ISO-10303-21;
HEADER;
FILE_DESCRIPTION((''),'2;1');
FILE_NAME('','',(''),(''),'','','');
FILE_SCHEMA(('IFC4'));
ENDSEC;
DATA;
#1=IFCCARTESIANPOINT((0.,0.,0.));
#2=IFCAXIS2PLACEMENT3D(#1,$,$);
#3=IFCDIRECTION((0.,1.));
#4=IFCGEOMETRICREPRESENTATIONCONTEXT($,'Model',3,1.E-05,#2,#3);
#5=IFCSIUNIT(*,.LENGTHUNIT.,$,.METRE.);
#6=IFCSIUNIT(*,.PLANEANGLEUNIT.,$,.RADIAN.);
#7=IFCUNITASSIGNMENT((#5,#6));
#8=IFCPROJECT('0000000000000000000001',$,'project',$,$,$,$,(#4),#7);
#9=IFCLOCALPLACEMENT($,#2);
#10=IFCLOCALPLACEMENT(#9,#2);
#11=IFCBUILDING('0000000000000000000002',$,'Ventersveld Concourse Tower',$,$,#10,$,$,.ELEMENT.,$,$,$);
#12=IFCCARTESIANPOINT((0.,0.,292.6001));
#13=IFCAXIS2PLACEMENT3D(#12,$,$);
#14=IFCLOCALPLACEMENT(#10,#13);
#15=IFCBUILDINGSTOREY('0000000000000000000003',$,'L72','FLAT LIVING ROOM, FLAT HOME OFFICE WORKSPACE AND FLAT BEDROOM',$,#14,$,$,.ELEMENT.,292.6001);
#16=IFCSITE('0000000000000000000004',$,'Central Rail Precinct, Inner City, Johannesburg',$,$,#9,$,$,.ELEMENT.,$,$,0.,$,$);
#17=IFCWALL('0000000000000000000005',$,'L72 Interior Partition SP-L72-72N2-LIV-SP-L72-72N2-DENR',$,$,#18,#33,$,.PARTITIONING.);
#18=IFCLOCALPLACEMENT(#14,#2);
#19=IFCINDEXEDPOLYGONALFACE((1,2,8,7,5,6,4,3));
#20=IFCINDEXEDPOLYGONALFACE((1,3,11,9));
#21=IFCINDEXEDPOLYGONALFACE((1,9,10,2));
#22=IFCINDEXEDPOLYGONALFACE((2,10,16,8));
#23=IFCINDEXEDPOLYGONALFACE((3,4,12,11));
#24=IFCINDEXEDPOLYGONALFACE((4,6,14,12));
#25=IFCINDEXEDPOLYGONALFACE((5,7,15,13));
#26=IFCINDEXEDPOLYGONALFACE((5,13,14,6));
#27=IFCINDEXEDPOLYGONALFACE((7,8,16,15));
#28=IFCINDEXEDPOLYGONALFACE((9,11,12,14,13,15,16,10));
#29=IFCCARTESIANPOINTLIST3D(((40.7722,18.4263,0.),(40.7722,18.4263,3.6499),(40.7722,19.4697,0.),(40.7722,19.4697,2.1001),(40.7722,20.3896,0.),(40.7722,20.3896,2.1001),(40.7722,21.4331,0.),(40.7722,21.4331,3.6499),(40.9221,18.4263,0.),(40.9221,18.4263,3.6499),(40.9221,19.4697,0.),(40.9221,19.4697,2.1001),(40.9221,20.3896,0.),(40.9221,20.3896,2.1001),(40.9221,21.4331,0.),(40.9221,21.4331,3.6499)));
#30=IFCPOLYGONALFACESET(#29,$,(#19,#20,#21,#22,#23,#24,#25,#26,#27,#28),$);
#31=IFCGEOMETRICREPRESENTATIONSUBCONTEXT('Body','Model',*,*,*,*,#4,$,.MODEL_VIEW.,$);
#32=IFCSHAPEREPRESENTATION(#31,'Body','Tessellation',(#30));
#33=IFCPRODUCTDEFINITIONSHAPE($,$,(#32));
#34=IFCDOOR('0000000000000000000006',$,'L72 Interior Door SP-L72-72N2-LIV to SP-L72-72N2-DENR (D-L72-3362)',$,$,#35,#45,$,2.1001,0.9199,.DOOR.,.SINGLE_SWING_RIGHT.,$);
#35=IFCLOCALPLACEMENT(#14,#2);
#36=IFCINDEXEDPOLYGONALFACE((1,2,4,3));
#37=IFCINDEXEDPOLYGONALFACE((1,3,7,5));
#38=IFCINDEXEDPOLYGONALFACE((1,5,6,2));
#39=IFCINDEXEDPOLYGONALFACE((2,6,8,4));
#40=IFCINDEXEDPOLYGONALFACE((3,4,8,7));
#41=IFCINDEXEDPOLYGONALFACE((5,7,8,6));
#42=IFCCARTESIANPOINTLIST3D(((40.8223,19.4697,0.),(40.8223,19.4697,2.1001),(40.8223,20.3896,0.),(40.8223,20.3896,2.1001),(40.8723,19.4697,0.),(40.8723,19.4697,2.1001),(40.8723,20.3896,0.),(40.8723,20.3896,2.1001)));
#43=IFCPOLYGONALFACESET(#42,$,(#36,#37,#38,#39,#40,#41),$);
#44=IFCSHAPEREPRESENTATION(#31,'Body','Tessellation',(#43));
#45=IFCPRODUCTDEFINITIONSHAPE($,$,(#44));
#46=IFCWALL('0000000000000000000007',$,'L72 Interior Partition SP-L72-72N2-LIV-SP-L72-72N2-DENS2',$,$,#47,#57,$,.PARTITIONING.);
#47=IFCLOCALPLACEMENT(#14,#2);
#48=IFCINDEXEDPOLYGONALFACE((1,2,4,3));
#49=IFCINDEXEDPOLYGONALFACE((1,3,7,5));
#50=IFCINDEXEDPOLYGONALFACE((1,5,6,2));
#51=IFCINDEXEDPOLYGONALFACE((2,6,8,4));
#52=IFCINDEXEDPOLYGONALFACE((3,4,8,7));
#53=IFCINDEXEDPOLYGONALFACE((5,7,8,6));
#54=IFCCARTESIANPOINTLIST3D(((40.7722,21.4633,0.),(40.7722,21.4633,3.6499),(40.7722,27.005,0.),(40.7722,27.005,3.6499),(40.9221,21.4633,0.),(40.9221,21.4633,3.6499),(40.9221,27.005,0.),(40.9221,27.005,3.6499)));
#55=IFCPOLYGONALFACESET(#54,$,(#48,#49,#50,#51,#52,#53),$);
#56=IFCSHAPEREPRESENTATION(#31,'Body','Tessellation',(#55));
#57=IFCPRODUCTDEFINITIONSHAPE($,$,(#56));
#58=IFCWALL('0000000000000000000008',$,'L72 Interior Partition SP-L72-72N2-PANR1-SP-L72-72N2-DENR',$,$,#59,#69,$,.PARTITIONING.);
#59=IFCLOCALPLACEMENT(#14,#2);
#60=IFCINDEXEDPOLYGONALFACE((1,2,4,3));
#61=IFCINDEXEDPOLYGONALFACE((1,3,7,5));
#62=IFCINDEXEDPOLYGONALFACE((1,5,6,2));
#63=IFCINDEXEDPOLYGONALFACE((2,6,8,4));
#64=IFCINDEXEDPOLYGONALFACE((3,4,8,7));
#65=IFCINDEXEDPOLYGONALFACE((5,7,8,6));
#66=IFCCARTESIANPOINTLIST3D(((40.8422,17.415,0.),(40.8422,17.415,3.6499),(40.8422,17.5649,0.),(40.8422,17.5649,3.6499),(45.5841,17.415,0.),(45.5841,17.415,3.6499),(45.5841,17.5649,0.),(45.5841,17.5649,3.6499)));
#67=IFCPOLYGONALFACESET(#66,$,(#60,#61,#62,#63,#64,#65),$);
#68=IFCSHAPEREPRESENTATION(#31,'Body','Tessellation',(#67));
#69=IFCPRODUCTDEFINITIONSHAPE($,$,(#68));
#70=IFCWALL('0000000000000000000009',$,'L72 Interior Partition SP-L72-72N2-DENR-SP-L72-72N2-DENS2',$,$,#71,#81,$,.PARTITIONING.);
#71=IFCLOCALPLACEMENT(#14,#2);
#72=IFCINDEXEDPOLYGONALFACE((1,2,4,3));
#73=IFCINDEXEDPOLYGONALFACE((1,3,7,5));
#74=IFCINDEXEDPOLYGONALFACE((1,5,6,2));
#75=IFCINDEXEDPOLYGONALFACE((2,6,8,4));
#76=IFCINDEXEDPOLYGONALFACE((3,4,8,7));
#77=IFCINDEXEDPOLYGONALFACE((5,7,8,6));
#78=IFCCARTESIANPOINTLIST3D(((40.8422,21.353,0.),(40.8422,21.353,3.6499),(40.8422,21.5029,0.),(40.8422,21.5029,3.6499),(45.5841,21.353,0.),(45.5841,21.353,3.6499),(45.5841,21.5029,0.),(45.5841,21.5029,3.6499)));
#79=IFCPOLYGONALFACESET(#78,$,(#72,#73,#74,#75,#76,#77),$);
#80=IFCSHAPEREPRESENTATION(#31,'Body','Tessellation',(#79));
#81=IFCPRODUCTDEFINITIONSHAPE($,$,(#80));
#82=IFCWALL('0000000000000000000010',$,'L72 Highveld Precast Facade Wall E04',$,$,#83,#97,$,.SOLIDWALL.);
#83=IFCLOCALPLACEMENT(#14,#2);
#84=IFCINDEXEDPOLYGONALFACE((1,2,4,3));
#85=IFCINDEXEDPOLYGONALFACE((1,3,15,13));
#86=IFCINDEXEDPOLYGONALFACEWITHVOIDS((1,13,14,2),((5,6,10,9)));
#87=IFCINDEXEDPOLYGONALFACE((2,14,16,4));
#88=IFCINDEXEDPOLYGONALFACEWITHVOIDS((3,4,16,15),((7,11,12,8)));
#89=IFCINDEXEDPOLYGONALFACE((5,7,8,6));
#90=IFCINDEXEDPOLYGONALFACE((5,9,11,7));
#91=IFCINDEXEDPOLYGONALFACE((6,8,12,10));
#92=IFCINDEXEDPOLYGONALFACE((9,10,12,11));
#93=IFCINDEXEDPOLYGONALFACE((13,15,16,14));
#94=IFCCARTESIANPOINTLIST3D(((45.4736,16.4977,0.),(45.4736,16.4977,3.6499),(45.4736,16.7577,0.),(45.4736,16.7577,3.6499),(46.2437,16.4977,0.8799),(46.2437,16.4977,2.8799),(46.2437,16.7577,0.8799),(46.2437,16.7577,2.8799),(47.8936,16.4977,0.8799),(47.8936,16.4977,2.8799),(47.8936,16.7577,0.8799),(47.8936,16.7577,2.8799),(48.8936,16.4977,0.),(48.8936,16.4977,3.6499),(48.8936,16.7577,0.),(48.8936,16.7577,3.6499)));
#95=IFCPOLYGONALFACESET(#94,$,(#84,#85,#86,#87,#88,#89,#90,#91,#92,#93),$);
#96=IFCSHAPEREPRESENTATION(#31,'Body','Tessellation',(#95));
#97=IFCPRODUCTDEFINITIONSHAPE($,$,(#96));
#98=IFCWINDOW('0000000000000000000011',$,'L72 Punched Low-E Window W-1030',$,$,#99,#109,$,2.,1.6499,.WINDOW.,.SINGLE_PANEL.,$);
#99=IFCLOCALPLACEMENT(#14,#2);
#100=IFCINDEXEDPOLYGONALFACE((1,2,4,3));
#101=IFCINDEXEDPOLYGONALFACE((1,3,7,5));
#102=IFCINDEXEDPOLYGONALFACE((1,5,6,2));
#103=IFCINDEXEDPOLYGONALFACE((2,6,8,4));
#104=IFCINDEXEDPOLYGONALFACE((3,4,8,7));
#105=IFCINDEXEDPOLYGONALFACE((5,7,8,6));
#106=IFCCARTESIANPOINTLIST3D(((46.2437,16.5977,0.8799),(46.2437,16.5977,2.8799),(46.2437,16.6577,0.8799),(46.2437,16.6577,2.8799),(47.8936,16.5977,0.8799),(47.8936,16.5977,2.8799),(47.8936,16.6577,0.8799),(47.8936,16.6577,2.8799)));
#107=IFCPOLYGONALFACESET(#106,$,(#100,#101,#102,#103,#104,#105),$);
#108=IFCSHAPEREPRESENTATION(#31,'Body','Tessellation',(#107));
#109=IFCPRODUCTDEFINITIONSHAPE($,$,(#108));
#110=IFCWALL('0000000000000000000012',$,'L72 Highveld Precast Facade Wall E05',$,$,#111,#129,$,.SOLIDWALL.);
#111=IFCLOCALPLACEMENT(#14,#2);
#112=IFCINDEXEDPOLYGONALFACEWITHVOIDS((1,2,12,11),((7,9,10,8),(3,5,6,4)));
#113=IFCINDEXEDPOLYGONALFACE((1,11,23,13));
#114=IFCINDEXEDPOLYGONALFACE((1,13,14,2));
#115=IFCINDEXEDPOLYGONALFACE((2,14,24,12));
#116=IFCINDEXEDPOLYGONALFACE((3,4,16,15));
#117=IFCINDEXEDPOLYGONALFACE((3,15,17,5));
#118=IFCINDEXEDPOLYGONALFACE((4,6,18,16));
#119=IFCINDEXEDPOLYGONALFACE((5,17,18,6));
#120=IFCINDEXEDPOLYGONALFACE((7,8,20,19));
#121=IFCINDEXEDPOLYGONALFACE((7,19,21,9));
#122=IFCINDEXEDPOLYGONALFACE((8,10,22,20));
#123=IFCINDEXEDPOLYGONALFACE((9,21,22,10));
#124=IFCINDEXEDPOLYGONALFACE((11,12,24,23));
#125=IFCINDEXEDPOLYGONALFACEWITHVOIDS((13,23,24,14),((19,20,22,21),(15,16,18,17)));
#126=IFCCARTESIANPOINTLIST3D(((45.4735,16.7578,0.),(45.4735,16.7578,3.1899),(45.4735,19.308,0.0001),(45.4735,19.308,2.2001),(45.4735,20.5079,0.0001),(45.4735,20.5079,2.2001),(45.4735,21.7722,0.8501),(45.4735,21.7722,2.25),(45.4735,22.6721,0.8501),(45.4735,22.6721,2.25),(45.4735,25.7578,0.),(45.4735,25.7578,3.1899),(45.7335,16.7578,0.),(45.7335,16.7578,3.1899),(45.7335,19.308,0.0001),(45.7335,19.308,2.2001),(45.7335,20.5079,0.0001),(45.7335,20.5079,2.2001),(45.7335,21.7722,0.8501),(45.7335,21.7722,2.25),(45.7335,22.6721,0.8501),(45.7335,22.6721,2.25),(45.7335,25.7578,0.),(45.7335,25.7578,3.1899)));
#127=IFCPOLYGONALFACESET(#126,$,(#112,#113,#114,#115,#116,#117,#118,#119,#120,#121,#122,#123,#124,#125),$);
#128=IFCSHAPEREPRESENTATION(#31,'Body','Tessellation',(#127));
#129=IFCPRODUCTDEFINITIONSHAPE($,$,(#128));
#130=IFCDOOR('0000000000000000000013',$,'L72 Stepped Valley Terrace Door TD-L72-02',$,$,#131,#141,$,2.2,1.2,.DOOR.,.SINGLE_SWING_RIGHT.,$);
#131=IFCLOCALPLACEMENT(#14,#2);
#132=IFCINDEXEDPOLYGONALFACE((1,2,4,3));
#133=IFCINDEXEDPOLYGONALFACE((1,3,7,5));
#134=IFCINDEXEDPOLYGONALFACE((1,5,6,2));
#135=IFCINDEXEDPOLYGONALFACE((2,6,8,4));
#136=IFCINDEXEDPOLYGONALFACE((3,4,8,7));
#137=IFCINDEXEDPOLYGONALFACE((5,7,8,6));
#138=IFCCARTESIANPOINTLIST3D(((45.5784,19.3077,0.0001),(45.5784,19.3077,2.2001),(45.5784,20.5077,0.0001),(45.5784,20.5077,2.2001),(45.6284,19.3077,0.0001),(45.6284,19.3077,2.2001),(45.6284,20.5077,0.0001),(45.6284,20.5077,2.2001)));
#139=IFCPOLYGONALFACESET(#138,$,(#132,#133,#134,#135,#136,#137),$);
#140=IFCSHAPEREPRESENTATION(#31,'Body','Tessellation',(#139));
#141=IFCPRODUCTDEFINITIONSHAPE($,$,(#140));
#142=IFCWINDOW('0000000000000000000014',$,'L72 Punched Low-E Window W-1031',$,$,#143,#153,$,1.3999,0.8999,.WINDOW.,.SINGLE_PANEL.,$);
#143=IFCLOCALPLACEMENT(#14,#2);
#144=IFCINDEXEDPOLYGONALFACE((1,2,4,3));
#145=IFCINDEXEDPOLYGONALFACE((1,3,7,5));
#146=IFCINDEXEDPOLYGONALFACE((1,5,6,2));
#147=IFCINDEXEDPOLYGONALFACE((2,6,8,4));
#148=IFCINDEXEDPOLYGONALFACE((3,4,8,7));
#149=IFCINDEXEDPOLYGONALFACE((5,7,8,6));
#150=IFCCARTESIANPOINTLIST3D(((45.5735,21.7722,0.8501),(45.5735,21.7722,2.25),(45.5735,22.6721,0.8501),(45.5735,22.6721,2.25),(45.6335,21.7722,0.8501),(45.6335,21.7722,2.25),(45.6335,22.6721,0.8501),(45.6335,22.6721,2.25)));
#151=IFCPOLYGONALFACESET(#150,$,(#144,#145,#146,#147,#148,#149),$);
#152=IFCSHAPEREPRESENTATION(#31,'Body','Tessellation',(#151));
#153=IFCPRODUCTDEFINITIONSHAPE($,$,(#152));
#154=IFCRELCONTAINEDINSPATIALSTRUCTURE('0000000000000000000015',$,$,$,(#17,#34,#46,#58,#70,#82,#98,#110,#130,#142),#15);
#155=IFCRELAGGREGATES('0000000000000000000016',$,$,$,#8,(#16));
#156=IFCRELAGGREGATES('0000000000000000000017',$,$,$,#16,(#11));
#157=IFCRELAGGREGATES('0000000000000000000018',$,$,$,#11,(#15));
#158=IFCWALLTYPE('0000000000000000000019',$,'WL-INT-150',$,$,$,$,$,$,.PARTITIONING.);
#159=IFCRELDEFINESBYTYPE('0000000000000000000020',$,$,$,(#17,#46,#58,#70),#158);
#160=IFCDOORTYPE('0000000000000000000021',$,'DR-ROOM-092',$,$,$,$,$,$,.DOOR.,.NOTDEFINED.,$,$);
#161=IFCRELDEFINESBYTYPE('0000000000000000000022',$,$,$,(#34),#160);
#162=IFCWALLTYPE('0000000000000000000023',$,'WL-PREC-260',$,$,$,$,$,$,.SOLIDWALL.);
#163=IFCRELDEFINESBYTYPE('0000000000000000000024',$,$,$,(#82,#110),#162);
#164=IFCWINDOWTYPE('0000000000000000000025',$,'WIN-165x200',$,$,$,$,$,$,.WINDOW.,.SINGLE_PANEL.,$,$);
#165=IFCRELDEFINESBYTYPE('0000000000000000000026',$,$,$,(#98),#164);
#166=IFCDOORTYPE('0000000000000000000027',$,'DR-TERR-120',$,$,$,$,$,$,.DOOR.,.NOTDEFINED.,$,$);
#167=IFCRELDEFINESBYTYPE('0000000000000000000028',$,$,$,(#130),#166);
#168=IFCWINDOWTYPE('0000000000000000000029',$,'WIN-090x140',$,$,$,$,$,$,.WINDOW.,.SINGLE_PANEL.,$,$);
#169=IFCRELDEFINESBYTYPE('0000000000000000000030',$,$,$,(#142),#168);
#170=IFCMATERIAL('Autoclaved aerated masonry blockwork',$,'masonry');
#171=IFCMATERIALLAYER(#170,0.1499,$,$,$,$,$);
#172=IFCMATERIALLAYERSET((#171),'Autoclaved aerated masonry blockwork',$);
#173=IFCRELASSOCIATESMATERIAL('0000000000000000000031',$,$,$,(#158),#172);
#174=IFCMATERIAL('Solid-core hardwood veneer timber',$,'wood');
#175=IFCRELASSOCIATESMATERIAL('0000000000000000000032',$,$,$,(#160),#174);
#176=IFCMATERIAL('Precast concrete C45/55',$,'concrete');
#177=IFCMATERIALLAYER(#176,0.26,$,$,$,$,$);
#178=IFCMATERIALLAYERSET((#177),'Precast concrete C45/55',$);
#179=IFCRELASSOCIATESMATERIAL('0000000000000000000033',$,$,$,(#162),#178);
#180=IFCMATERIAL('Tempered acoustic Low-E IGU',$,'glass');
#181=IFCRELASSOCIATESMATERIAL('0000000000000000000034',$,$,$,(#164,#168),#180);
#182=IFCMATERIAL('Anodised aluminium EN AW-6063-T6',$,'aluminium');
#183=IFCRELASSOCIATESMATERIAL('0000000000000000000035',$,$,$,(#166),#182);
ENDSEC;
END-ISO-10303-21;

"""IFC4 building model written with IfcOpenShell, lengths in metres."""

from ifc_helpers import new_model, si_unit, direction, frame, frame_2d, origin, place, context, subcontext, project, spatial, rectangle, extrude, material, layer, layer_set, type_object, element, fill, save


model = new_model("IFC4")

# Units and contexts
model_context = context("Model", 3, precision=1e-05, world=origin(), true_north=direction((0.0, 1.0)))
body_context = subcontext(model_context, "Body", "Model", "MODEL_VIEW")
ifc_project = project(units=[si_unit("LENGTHUNIT", "METRE"), si_unit("PLANEANGLEUNIT", "RADIAN")], contexts=[model_context])

# Site, building, storey
site_placement = place(None, origin())
site = spatial("IfcSite", under=ifc_project, at=site_placement, Name="Central Rail Precinct, Inner City, Johannesburg", CompositionType="ELEMENT", RefElevation=0.0)
building_placement = place(site_placement, origin())
building = spatial("IfcBuilding", under=site, at=building_placement, Name="Ventersveld Concourse Tower", CompositionType="ELEMENT")
storey_placement = place(building_placement, frame((0.0, 0.0, 292.6001)))
storey = spatial("IfcBuildingStorey", under=building, at=storey_placement, Name="L72", Description="FLAT LIVING ROOM, FLAT HOME OFFICE WORKSPACE AND FLAT BEDROOM", CompositionType="ELEMENT", Elevation=292.6001)

# Shared definitions
ifc_material_1 = material(Name="Solid-core hardwood veneer timber", Category="wood")

# Shared definitions
ifc_material_2 = material(Name="Autoclaved aerated masonry blockwork", Category="masonry")
ifc_layer_1 = layer(ifc_material_2, 0.1499)
ifc_layer_set_1 = layer_set([ifc_layer_1], Name="Autoclaved aerated masonry blockwork")
wall_type_1 = type_object("IfcWallType", Name="WL-INT-150", PredefinedType="PARTITIONING", material=ifc_layer_set_1)
door_type_1 = type_object("IfcDoorType", Name="DR-ROOM-092", OperationType="NOTDEFINED", PredefinedType="DOOR", material=ifc_material_1)

# Wall, opening, door
wall_1_placement = place(storey_placement, frame((40.8472, 18.4263, 0.0), z_axis=(0.0, 0.0, 1.0), x_axis=(0.0, 1.0, 0.0)))
wall_1 = element("IfcWall", 1, at=wall_1_placement, inside=storey, type_object=wall_type_1, Name="L72 Interior Partition SP-L72-72N2-LIV-SP-L72-72N2-DENR", PredefinedType="PARTITIONING", context=body_context, shape_type="SweptSolid", body=[
    extrude(rectangle(XDim=3.0068, YDim=0.1499, at=frame_2d((1.5034, 0.0))), origin(), (0.0, 0.0, 1.0), 3.6499),
])
opening_1_placement = place(wall_1_placement, frame((1.0435, 0.0, 0.0)))
opening_1 = element("IfcOpeningElement", 2, at=opening_1_placement, cuts=wall_1, PredefinedType="OPENING", context=body_context, shape_type="SweptSolid", body=[
    extrude(rectangle(XDim=0.9199, YDim=2.1001, at=frame_2d((0.46, 1.05))), frame((0.0, 0.085, 0.0), z_axis=(0.0, -1.0, 0.0), x_axis=(1.0, 0.0, 0.0)), (0.0, 0.0, 1.0), 0.1699),
])
door_1_placement = place(opening_1_placement, origin())
door_1 = element("IfcDoor", 3, at=door_1_placement, inside=storey, type_object=door_type_1, Name="L72 Interior Door SP-L72-72N2-LIV to SP-L72-72N2-DENR (D-L72-3362)", OperationType="SINGLE_SWING_RIGHT", OverallHeight=2.1001, OverallWidth=0.9199, PredefinedType="DOOR", context=body_context, shape_type="SweptSolid", body=[
    extrude(rectangle(XDim=0.9199, YDim=2.1001, at=frame_2d((0.46, 1.05))), frame((0.0, 0.0249, 0.0), z_axis=(0.0, -1.0, 0.0), x_axis=(1.0, 0.0, 0.0)), (0.0, 0.0, 1.0), 0.05),
])
fill(opening_1, door_1)

# Walls
wall_2_placement = place(storey_placement, frame((40.8472, 21.4631, 0.0), z_axis=(0.0, 0.0, 1.0), x_axis=(0.0, 1.0, 0.0)))
element("IfcWall", 4, at=wall_2_placement, inside=storey, type_object=wall_type_1, Name="L72 Interior Partition SP-L72-72N2-LIV-SP-L72-72N2-DENS2", PredefinedType="PARTITIONING", context=body_context, shape_type="SweptSolid", body=[
    extrude(rectangle(XDim=5.5417, YDim=0.1499, at=frame_2d((2.771, 0.0))), origin(), (0.0, 0.0, 1.0), 3.6499),
])
for number, where, z_axis, x_axis, name in (
    (5, (40.842, 17.49, 0.0), (0.0, 0.0, 1.0), (1.0, 0.0, 0.0), "L72 Interior Partition SP-L72-72N2-PANR1-SP-L72-72N2-DENR"),
    (6, (40.842, 21.428, 0.0), (0.0, 0.0, 1.0), (1.0, 0.0, 0.0), "L72 Interior Partition SP-L72-72N2-DENR-SP-L72-72N2-DENS2"),
):
    element("IfcWall", number, at=place(storey_placement, frame(where, z_axis=z_axis, x_axis=x_axis)), inside=storey, type_object=wall_type_1, Name=name, PredefinedType="PARTITIONING", context=body_context, shape_type="SweptSolid", body=[
        extrude(rectangle(XDim=4.7419, YDim=0.1499, at=frame_2d((2.3711, 0.0))), origin(), (0.0, 0.0, 1.0), 3.6499),
    ])

# Wall, opening, window
ifc_material_3 = material(Name="Precast concrete C45/55", Category="concrete")
ifc_layer_2 = layer(ifc_material_3, 0.26)
ifc_layer_set_2 = layer_set([ifc_layer_2], Name="Precast concrete C45/55")
wall_type_2 = type_object("IfcWallType", Name="WL-PREC-260", PredefinedType="SOLIDWALL", material=ifc_layer_set_2)
wall_3_placement = place(storey_placement, frame((48.8936, 16.6277, 0.0), z_axis=(0.0, 0.0, 1.0), x_axis=(-1.0, 0.0, 0.0)))
wall_3 = element("IfcWall", 7, at=wall_3_placement, inside=storey, type_object=wall_type_2, Name="L72 Highveld Precast Facade Wall E04", PredefinedType="SOLIDWALL", context=body_context, shape_type="SweptSolid", body=[
    extrude(rectangle(XDim=3.4199, YDim=0.26, at=frame_2d((1.71, 0.0))), origin(), (0.0, 0.0, 1.0), 3.6499),
])
opening_2_placement = place(wall_3_placement, frame((1.0, 0.0, 0.8799)))
opening_2 = element("IfcOpeningElement", 8, at=opening_2_placement, cuts=wall_3, PredefinedType="OPENING", context=body_context, shape_type="SweptSolid", body=[
    extrude(rectangle(XDim=1.6499, YDim=2.0, at=frame_2d((0.825, 1.0))), frame((0.0, 0.1401, 0.0), z_axis=(0.0, -1.0, 0.0), x_axis=(1.0, 0.0, 0.0)), (0.0, 0.0, 1.0), 0.28),
])
ifc_material_4 = material(Name="Tempered acoustic Low-E IGU", Category="glass")
window_type_1 = type_object("IfcWindowType", Name="WIN-165x200", PartitioningType="SINGLE_PANEL", PredefinedType="WINDOW", material=ifc_material_4)
window_1_placement = place(opening_2_placement, origin())
window_1 = element("IfcWindow", 9, at=window_1_placement, inside=storey, type_object=window_type_1, Name="L72 Punched Low-E Window W-1030", OverallHeight=2.0, OverallWidth=1.6499, PartitioningType="SINGLE_PANEL", PredefinedType="WINDOW", context=body_context, shape_type="SweptSolid", body=[
    extrude(rectangle(XDim=1.6499, YDim=2.0, at=frame_2d((0.825, 1.0))), frame((0.0, 0.03, 0.0), z_axis=(0.0, -1.0, 0.0), x_axis=(1.0, 0.0, 0.0)), (0.0, 0.0, 1.0), 0.0601),
])
fill(opening_2, window_1)

# Wall, openings, door, window
wall_4_placement = place(storey_placement, frame((45.6035, 16.7578, 0.0), z_axis=(0.0, 0.0, 1.0), x_axis=(0.0, 1.0, 0.0)))
wall_4 = element("IfcWall", 10, at=wall_4_placement, inside=storey, type_object=wall_type_2, Name="L72 Highveld Precast Facade Wall E05", PredefinedType="SOLIDWALL", context=body_context, shape_type="SweptSolid", body=[
    extrude(rectangle(XDim=9.0, YDim=0.26, at=frame_2d((4.5, 0.0))), origin(), (0.0, 0.0, 1.0), 3.1899),
])
opening_3_placement = place(wall_4_placement, frame((2.55, 0.0, 0.0)))
opening_3 = element("IfcOpeningElement", 11, at=opening_3_placement, cuts=wall_4, PredefinedType="OPENING", context=body_context, shape_type="SweptSolid", body=[
    extrude(rectangle(XDim=1.2, YDim=2.2, at=frame_2d((0.6001, 1.1001))), frame((0.0, 0.1401, 0.0), z_axis=(0.0, -1.0, 0.0), x_axis=(1.0, 0.0, 0.0)), (0.0, 0.0, 1.0), 0.28),
])
opening_4_placement = place(wall_4_placement, frame((5.0144, 0.0, 0.8501)))
opening_4 = element("IfcOpeningElement", 12, at=opening_4_placement, cuts=wall_4, PredefinedType="OPENING", context=body_context, shape_type="SweptSolid", body=[
    extrude(rectangle(XDim=0.8999, YDim=1.3999, at=frame_2d((0.45, 0.7))), frame((0.0, 0.1401, 0.0), z_axis=(0.0, -1.0, 0.0), x_axis=(1.0, 0.0, 0.0)), (0.0, 0.0, 1.0), 0.28),
])
ifc_material_5 = material(Name="Anodised aluminium EN AW-6063-T6", Category="aluminium")
door_type_2 = type_object("IfcDoorType", Name="DR-TERR-120", OperationType="NOTDEFINED", PredefinedType="DOOR", material=ifc_material_5)
door_2_placement = place(opening_3_placement, frame((1.2, 0.0, 0.0), z_axis=(0.0, 0.0, 1.0), x_axis=(-1.0, 0.0, 0.0)))
door_2 = element("IfcDoor", 13, at=door_2_placement, inside=storey, type_object=door_type_2, Name="L72 Stepped Valley Terrace Door TD-L72-02", OperationType="SINGLE_SWING_RIGHT", OverallHeight=2.2, OverallWidth=1.2, PredefinedType="DOOR", context=body_context, shape_type="SweptSolid", body=[
    extrude(rectangle(XDim=1.2, YDim=2.2, at=frame_2d((0.6001, 1.1001))), frame((0.0, 0.0249, 0.0), z_axis=(0.0, -1.0, 0.0), x_axis=(1.0, 0.0, 0.0)), (0.0, 0.0, 1.0), 0.05),
])
fill(opening_3, door_2)
window_type_2 = type_object("IfcWindowType", Name="WIN-090x140", PartitioningType="SINGLE_PANEL", PredefinedType="WINDOW", material=ifc_material_4)
window_2_placement = place(opening_4_placement, origin())
window_2 = element("IfcWindow", 14, at=window_2_placement, inside=storey, type_object=window_type_2, Name="L72 Punched Low-E Window W-1031", OverallHeight=1.3999, OverallWidth=0.8999, PartitioningType="SINGLE_PANEL", PredefinedType="WINDOW", context=body_context, shape_type="SweptSolid", body=[
    extrude(rectangle(XDim=0.8999, YDim=1.3999, at=frame_2d((0.45, 0.7))), frame((0.0, 0.03, 0.0), z_axis=(0.0, -1.0, 0.0), x_axis=(1.0, 0.0, 0.0)), (0.0, 0.0, 1.0), 0.0601),
])
fill(opening_4, window_2)

save(model, "model.ifc")
